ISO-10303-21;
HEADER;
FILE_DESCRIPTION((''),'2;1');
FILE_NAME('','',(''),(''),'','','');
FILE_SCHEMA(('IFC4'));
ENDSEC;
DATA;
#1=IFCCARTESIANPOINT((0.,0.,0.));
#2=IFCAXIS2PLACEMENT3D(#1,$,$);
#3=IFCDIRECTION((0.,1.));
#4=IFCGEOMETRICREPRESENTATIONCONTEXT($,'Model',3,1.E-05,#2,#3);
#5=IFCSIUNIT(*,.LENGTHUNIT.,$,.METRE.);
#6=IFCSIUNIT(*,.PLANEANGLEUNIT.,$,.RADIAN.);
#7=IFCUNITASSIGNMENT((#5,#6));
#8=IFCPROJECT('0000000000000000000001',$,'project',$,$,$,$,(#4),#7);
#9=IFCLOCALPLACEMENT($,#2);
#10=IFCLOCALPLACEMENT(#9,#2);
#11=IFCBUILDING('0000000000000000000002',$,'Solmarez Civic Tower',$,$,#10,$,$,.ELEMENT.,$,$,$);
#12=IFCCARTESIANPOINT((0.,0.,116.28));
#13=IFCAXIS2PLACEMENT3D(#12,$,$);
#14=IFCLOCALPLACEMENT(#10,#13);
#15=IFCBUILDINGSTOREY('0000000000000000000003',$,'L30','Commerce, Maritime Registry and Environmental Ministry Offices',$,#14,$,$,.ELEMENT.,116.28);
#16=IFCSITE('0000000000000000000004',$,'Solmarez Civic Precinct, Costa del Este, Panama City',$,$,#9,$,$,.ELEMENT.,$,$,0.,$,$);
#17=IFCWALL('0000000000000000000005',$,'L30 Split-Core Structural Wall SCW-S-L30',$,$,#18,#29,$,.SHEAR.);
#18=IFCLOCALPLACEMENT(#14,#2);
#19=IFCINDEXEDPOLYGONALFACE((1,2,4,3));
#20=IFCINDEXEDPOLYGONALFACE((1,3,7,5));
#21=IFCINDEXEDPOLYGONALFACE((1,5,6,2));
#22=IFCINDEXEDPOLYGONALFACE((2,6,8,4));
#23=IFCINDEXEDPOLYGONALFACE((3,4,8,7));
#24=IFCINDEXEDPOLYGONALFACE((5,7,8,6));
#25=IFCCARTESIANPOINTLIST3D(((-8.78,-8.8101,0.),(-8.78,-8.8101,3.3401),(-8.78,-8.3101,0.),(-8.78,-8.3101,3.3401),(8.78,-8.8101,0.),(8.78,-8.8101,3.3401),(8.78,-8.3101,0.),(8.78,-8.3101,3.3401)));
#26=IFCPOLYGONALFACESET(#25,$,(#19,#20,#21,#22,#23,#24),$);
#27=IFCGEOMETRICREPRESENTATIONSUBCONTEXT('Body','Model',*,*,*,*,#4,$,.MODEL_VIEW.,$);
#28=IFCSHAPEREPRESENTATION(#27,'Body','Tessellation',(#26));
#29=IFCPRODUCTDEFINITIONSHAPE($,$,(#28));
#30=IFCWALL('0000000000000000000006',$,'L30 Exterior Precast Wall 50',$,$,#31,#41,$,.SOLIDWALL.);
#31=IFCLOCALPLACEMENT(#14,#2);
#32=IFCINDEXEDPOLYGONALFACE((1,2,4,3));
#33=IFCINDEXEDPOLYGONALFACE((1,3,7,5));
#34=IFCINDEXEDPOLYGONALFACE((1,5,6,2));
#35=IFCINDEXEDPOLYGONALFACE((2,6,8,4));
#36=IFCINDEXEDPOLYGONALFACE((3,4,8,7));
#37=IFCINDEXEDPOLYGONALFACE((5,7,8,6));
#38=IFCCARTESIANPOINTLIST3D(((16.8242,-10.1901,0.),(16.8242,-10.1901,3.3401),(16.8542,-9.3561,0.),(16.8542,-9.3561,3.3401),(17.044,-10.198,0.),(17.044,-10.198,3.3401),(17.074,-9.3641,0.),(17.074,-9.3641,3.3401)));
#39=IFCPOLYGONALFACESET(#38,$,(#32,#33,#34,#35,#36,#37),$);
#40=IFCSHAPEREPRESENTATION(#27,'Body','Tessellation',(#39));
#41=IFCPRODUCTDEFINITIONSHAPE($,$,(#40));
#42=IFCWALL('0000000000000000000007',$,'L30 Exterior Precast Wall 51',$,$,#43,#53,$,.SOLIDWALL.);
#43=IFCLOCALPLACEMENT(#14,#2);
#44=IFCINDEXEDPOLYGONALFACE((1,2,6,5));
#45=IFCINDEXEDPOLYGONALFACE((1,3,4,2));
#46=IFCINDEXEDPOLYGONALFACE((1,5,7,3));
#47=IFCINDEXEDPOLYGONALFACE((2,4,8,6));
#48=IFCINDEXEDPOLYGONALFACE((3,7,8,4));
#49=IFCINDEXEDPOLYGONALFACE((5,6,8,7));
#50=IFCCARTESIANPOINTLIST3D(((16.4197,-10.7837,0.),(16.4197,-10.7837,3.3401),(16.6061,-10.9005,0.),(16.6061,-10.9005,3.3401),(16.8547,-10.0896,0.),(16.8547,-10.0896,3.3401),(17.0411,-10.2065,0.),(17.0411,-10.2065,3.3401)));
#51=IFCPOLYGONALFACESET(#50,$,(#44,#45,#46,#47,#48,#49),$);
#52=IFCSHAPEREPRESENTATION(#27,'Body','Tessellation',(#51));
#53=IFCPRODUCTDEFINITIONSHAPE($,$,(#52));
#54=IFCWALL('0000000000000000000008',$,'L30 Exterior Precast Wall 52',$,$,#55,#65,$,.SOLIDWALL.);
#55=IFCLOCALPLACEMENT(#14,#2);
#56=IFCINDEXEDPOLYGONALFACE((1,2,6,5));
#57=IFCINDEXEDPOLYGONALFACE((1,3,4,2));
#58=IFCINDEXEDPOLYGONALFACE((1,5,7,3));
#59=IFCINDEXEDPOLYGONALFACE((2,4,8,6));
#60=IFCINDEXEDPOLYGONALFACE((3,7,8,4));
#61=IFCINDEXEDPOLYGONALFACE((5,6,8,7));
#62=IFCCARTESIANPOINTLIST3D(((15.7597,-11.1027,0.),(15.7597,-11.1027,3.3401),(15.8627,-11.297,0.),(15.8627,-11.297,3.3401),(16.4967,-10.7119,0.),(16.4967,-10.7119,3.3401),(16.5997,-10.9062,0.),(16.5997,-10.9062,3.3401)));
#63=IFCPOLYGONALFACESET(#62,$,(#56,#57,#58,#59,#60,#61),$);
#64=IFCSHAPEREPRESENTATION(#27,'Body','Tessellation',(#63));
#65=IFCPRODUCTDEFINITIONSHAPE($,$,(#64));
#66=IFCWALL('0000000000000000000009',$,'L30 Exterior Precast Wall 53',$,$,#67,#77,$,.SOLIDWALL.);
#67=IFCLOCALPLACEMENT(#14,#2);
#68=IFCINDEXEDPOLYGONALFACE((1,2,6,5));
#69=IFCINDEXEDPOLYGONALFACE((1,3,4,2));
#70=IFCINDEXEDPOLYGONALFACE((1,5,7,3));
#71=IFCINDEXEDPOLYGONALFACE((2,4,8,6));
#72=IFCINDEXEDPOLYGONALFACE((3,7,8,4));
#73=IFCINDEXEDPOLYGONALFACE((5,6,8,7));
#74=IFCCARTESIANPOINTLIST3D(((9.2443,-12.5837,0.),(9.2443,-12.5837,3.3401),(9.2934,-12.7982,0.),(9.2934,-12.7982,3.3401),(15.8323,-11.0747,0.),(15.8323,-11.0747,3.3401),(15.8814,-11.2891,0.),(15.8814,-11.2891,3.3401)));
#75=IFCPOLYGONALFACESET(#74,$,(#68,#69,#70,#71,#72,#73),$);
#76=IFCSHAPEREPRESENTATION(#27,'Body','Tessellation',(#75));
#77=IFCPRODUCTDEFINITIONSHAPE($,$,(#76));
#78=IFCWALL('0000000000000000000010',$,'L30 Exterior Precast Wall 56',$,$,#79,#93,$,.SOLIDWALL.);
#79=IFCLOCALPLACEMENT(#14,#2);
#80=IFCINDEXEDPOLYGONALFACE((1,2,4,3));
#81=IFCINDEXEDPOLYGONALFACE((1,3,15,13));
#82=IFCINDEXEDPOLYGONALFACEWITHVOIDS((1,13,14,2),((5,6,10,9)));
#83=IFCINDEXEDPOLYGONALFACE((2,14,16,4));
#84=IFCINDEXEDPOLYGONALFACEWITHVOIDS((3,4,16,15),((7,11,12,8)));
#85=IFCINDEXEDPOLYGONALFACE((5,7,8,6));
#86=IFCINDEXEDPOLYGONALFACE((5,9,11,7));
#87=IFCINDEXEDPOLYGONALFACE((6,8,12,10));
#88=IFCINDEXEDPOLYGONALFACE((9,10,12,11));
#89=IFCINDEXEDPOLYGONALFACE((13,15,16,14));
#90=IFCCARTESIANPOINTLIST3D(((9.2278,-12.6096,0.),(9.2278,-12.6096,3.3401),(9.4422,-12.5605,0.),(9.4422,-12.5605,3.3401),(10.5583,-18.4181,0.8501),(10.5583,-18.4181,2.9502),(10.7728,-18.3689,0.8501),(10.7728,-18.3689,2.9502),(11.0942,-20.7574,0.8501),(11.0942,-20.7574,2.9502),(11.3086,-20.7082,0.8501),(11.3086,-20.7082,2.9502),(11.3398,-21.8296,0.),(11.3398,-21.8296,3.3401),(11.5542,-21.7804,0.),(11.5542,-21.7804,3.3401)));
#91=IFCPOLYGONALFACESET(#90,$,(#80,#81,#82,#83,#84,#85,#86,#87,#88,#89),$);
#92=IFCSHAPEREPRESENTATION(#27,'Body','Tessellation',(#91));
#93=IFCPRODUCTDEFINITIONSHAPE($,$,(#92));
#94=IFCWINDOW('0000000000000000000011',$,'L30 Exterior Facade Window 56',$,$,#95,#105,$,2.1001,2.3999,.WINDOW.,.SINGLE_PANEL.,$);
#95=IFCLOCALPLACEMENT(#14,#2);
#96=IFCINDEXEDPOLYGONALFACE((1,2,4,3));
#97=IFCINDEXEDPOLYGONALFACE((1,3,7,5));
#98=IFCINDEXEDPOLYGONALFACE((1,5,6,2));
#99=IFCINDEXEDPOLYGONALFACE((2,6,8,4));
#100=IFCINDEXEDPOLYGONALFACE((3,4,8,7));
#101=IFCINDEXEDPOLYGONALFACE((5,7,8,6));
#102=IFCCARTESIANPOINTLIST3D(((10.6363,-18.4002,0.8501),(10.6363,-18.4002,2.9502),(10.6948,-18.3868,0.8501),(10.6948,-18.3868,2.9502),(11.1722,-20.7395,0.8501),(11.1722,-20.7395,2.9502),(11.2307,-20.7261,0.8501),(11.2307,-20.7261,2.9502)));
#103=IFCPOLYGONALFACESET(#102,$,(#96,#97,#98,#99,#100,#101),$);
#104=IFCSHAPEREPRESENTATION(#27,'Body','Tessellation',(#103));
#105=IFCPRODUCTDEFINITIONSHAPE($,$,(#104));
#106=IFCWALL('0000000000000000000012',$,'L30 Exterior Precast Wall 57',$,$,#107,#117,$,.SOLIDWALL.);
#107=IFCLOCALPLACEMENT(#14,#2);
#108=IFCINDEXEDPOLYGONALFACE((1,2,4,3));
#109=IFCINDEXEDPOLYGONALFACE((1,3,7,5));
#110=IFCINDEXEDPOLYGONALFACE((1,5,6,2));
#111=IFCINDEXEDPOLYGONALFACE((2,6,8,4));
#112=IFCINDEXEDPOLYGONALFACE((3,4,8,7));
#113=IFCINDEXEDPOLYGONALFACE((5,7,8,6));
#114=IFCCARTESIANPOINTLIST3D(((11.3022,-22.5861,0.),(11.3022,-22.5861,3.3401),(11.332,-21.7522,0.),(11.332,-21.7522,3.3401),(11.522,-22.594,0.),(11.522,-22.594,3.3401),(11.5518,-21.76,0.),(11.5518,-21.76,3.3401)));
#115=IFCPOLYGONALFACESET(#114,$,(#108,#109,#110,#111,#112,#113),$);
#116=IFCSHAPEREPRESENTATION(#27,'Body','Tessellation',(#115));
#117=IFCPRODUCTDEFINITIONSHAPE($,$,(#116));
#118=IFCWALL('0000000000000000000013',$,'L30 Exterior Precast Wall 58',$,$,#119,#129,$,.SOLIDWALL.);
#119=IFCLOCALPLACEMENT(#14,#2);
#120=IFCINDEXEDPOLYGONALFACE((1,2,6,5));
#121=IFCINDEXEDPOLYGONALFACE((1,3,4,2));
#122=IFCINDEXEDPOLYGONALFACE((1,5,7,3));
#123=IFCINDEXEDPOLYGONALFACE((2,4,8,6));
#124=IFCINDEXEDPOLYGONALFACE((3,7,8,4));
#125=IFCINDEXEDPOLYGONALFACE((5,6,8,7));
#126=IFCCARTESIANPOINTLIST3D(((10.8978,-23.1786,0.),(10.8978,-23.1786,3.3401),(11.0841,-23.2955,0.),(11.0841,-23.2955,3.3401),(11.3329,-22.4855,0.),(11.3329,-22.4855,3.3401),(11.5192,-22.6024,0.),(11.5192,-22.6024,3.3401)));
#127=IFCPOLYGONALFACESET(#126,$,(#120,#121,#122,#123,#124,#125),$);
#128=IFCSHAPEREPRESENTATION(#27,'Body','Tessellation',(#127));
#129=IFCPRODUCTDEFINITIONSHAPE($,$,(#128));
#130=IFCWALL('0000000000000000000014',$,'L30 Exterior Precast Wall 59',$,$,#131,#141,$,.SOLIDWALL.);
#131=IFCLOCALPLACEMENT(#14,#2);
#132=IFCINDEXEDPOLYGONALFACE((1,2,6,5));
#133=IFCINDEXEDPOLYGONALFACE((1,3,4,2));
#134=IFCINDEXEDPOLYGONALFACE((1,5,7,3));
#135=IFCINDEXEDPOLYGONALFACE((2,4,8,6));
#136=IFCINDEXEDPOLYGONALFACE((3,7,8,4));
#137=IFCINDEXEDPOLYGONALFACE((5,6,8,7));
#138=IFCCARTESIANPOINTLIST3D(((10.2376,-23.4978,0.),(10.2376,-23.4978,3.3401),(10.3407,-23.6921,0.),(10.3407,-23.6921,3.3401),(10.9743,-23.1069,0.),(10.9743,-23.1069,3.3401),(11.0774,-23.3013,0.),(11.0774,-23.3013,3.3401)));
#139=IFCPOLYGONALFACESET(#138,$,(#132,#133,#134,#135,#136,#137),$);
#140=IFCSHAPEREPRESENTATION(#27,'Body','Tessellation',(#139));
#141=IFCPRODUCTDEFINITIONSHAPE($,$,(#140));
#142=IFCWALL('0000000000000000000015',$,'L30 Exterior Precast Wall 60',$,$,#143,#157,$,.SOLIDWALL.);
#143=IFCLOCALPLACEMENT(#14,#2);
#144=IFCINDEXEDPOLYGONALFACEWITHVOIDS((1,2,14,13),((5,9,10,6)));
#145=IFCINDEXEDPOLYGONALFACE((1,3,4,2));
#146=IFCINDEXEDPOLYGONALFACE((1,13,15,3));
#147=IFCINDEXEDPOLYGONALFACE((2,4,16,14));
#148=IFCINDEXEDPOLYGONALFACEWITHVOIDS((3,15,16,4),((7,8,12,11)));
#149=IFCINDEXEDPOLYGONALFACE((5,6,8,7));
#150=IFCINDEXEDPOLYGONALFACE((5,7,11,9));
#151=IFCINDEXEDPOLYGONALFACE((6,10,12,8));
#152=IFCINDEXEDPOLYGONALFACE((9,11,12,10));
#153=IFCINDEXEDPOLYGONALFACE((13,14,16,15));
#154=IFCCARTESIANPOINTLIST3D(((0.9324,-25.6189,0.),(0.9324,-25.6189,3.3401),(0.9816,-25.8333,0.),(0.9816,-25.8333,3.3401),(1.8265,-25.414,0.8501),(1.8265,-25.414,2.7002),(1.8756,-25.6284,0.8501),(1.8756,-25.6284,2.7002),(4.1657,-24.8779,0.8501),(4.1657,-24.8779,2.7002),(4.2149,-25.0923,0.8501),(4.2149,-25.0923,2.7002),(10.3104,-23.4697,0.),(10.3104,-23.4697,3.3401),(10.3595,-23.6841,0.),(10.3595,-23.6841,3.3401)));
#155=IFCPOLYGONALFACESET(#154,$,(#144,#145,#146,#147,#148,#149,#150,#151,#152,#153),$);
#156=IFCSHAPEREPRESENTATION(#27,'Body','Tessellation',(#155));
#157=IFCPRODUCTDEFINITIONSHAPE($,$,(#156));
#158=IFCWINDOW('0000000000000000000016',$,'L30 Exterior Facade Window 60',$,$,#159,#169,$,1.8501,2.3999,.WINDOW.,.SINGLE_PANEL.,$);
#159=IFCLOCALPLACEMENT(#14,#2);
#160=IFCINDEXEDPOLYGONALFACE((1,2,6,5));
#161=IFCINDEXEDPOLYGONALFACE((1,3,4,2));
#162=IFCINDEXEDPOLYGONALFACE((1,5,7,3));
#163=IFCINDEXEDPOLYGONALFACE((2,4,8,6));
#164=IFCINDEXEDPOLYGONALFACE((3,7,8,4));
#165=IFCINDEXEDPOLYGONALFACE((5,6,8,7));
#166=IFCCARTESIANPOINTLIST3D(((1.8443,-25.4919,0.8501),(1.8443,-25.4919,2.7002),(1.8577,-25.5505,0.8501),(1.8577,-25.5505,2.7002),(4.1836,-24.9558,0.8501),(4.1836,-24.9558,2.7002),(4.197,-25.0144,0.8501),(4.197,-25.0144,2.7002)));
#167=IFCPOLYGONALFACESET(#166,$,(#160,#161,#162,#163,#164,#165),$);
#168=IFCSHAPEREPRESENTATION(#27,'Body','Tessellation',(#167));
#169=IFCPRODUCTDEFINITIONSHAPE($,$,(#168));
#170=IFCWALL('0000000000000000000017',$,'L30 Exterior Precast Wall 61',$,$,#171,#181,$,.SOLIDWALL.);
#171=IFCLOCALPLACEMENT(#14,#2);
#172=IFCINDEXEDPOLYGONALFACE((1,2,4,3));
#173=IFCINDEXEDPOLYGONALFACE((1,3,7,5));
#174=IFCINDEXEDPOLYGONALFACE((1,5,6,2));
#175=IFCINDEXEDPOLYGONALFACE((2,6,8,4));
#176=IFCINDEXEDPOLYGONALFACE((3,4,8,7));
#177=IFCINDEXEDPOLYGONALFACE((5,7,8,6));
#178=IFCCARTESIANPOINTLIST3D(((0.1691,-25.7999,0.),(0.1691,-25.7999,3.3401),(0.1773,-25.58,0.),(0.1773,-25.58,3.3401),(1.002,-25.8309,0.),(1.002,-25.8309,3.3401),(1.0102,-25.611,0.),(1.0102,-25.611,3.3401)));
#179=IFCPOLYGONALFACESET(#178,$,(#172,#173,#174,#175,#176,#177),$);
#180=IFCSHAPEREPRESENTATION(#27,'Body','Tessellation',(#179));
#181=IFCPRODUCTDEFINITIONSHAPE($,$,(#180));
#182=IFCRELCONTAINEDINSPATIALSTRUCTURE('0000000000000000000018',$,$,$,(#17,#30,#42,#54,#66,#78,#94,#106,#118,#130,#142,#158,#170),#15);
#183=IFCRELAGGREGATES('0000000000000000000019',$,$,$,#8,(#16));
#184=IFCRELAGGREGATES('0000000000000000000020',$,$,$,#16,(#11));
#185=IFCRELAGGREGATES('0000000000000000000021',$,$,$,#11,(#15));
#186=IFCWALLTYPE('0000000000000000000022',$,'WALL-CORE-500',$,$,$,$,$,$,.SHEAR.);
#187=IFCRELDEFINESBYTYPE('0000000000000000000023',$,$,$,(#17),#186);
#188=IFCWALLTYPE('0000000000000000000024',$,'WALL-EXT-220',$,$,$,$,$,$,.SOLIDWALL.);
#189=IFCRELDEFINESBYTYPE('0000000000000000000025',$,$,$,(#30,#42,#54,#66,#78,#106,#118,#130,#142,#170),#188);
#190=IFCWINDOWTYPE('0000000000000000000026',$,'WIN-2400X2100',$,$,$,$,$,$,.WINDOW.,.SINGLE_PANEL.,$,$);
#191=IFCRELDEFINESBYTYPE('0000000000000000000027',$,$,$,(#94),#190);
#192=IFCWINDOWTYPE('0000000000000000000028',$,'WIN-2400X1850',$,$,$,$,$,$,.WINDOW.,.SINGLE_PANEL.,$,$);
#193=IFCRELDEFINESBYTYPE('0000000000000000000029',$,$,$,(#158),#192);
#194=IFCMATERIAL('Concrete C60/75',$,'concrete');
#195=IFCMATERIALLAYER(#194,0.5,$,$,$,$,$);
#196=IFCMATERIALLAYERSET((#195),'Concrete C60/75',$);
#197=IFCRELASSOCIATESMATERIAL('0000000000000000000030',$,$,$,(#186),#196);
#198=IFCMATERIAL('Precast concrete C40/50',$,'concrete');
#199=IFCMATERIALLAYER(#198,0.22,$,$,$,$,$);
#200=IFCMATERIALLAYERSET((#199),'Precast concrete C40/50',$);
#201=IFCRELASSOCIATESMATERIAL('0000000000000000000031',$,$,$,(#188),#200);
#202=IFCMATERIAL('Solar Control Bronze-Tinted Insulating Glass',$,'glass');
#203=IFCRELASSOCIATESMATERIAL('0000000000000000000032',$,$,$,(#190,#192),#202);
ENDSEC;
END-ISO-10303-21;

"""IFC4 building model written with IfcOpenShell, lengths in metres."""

from ifc_helpers import new_model, si_unit, direction, frame, frame_2d, origin, place, context, subcontext, project, spatial, rectangle, extrude, material, layer, layer_set, type_object, element, fill, save


model = new_model("IFC4")

# Units and contexts
model_context = context("Model", 3, precision=1e-05, world=origin(), true_north=direction((0.0, 1.0)))
body_context = subcontext(model_context, "Body", "Model", "MODEL_VIEW")
ifc_project = project(units=[si_unit("LENGTHUNIT", "METRE"), si_unit("PLANEANGLEUNIT", "RADIAN")], contexts=[model_context])

# Site, building, storey
site_placement = place(None, origin())
site = spatial("IfcSite", under=ifc_project, at=site_placement, Name="Solmarez Civic Precinct, Costa del Este, Panama City", CompositionType="ELEMENT", RefElevation=0.0)
building_placement = place(site_placement, origin())
building = spatial("IfcBuilding", under=site, at=building_placement, Name="Solmarez Civic Tower", CompositionType="ELEMENT")
storey_placement = place(building_placement, frame((0.0, 0.0, 116.28)))
storey = spatial("IfcBuildingStorey", under=building, at=storey_placement, Name="L30", Description="Commerce, Maritime Registry and Environmental Ministry Offices", CompositionType="ELEMENT", Elevation=116.28)

# Walls
ifc_material_1 = material(Name="Concrete C60/75", Category="concrete")
ifc_layer_1 = layer(ifc_material_1, 0.5)
ifc_layer_set_1 = layer_set([ifc_layer_1], Name="Concrete C60/75")
wall_type_1 = type_object("IfcWallType", Name="WALL-CORE-500", PredefinedType="SHEAR", material=ifc_layer_set_1)
wall_1_placement = place(storey_placement, frame((8.78, -8.5601, 0.0), z_axis=(0.0, 0.0, 1.0), x_axis=(-1.0, 0.0, 0.0)))
element("IfcWall", 1, at=wall_1_placement, inside=storey, type_object=wall_type_1, Name="L30 Split-Core Structural Wall SCW-S-L30", PredefinedType="SHEAR", context=body_context, shape_type="SweptSolid", body=[
    extrude(rectangle(XDim=17.5601, YDim=0.5, at=frame_2d((8.78, 0.0))), origin(), (0.0, 0.0, 1.0), 3.3401),
])
ifc_material_2 = material(Name="Precast concrete C40/50", Category="concrete")
ifc_layer_2 = layer(ifc_material_2, 0.22)
ifc_layer_set_2 = layer_set([ifc_layer_2], Name="Precast concrete C40/50")
wall_type_2 = type_object("IfcWallType", Name="WALL-EXT-220", PredefinedType="SOLIDWALL", material=ifc_layer_set_2)
wall_2_placement = place(storey_placement, frame((16.9641, -9.3601, 0.0), z_axis=(0.0, 0.0, 1.0), x_axis=(-0.035984, -0.999352, 0.0)))
element("IfcWall", 2, at=wall_2_placement, inside=storey, type_object=wall_type_2, Name="L30 Exterior Precast Wall 50", PredefinedType="SOLIDWALL", context=body_context, shape_type="SweptSolid", body=[
    extrude(rectangle(XDim=0.8345, YDim=0.22, at=frame_2d((0.4172, 0.0))), origin(), (0.0, 0.0, 1.0), 3.3401),
])
wall_3_placement = place(storey_placement, frame((16.948, -10.1479, 0.0), z_axis=(0.0, 0.0, 1.0), x_axis=(-0.531097, -0.847311, 0.0)))
element("IfcWall", 3, at=wall_3_placement, inside=storey, type_object=wall_type_2, Name="L30 Exterior Precast Wall 51", PredefinedType="SOLIDWALL", context=body_context, shape_type="SweptSolid", body=[
    extrude(rectangle(XDim=0.8191, YDim=0.22, at=frame_2d((0.4097, 0.0))), origin(), (0.0, 0.0, 1.0), 3.3401),
])
wall_4_placement = place(storey_placement, frame((16.5481, -10.8091, 0.0), z_axis=(0.0, 0.0, 1.0), x_axis=(-0.88346, -0.468506, 0.0)))
element("IfcWall", 4, at=wall_4_placement, inside=storey, type_object=wall_type_2, Name="L30 Exterior Precast Wall 52", PredefinedType="SOLIDWALL", context=body_context, shape_type="SweptSolid", body=[
    extrude(rectangle(XDim=0.8342, YDim=0.22, at=frame_2d((0.417, 0.0))), origin(), (0.0, 0.0, 1.0), 3.3401),
])
wall_5_placement = place(storey_placement, frame((15.8569, -11.1819, 0.0), z_axis=(0.0, 0.0, 1.0), x_axis=(-0.974755, -0.223279, 0.0)))
element("IfcWall", 5, at=wall_5_placement, inside=storey, type_object=wall_type_2, Name="L30 Exterior Precast Wall 53", PredefinedType="SOLIDWALL", context=body_context, shape_type="SweptSolid", body=[
    extrude(rectangle(XDim=6.7585, YDim=0.22, at=frame_2d((3.3794, 0.0))), origin(), (0.0, 0.0, 1.0), 3.3401),
])

# Wall, opening, window
wall_6_placement = place(storey_placement, frame((9.335, -12.585, 0.0), z_axis=(0.0, 0.0, 1.0), x_axis=(0.223291, -0.974752, 0.0)))
wall_6 = element("IfcWall", 6, at=wall_6_placement, inside=storey, type_object=wall_type_2, Name="L30 Exterior Precast Wall 56", PredefinedType="SOLIDWALL", context=body_context, shape_type="SweptSolid", body=[
    extrude(rectangle(XDim=9.4587, YDim=0.22, at=frame_2d((4.7295, 0.0))), origin(), (0.0, 0.0, 1.0), 3.3401),
])
opening_1_placement = place(wall_6_placement, frame((5.959, 0.0, 0.8501)))
opening_1 = element("IfcOpeningElement", 7, at=opening_1_placement, cuts=wall_6, PredefinedType="OPENING", context=body_context, shape_type="SweptSolid", body=[
    extrude(rectangle(XDim=2.3999, YDim=2.1001, at=frame_2d((1.2, 1.05))), frame((0.0, 0.1199, 0.0), z_axis=(0.0, -1.0, 0.0), x_axis=(1.0, 0.0, 0.0)), (0.0, 0.0, 1.0), 0.24),
])
ifc_material_3 = material(Name="Solar Control Bronze-Tinted Insulating Glass", Category="glass")
window_type_1 = type_object("IfcWindowType", Name="WIN-2400X2100", PartitioningType="SINGLE_PANEL", PredefinedType="WINDOW", material=ifc_material_3)
window_1_placement = place(opening_1_placement, origin())
window_1 = element("IfcWindow", 8, at=window_1_placement, inside=storey, type_object=window_type_1, Name="L30 Exterior Facade Window 56", OverallHeight=2.1001, OverallWidth=2.3999, PartitioningType="SINGLE_PANEL", PredefinedType="WINDOW", context=body_context, shape_type="SweptSolid", body=[
    extrude(rectangle(XDim=2.3999, YDim=2.1001, at=frame_2d((1.2, 1.05))), frame((0.0, 0.03, 0.0), z_axis=(0.0, -1.0, 0.0), x_axis=(1.0, 0.0, 0.0)), (0.0, 0.0, 1.0), 0.0601),
])
fill(opening_1, window_1)

# Walls
wall_7_placement = place(storey_placement, frame((11.4419, -21.7561, 0.0), z_axis=(0.0, 0.0, 1.0), x_axis=(-0.035692, -0.999363, 0.0)))
element("IfcWall", 9, at=wall_7_placement, inside=storey, type_object=wall_type_2, Name="L30 Exterior Precast Wall 57", PredefinedType="SOLIDWALL", context=body_context, shape_type="SweptSolid", body=[
    extrude(rectangle(XDim=0.8345, YDim=0.22, at=frame_2d((0.4172, 0.0))), origin(), (0.0, 0.0, 1.0), 3.3401),
])
wall_8_placement = place(storey_placement, frame((11.426, -22.5439, 0.0), z_axis=(0.0, 0.0, 1.0), x_axis=(-0.531634, -0.846974, 0.0)))
element("IfcWall", 10, at=wall_8_placement, inside=storey, type_object=wall_type_2, Name="L30 Exterior Precast Wall 58", PredefinedType="SOLIDWALL", context=body_context, shape_type="SweptSolid", body=[
    extrude(rectangle(XDim=0.8184, YDim=0.22, at=frame_2d((0.4092, 0.0))), origin(), (0.0, 0.0, 1.0), 3.3401),
])
wall_9_placement = place(storey_placement, frame((11.0259, -23.2041, 0.0), z_axis=(0.0, 0.0, 1.0), x_axis=(-0.883396, -0.468627, 0.0)))
element("IfcWall", 11, at=wall_9_placement, inside=storey, type_object=wall_type_2, Name="L30 Exterior Precast Wall 59", PredefinedType="SOLIDWALL", context=body_context, shape_type="SweptSolid", body=[
    extrude(rectangle(XDim=0.834, YDim=0.22, at=frame_2d((0.417, 0.0))), origin(), (0.0, 0.0, 1.0), 3.3401),
])

# Wall, opening, window
wall_10_placement = place(storey_placement, frame((10.335, -23.5769, 0.0), z_axis=(0.0, 0.0, 1.0), x_axis=(-0.974731, -0.223382, 0.0)))
wall_10 = element("IfcWall", 12, at=wall_10_placement, inside=storey, type_object=wall_type_2, Name="L30 Exterior Precast Wall 60", PredefinedType="SOLIDWALL", context=body_context, shape_type="SweptSolid", body=[
    extrude(rectangle(XDim=9.6211, YDim=0.22, at=frame_2d((4.8105, 0.0))), origin(), (0.0, 0.0, 1.0), 3.3401),
])
opening_2_placement = place(wall_10_placement, frame((6.304, 0.0, 0.8501)))
opening_2 = element("IfcOpeningElement", 13, at=opening_2_placement, cuts=wall_10, PredefinedType="OPENING", context=body_context, shape_type="SweptSolid", body=[
    extrude(rectangle(XDim=2.3999, YDim=1.8501, at=frame_2d((1.2, 0.925))), frame((0.0, 0.1199, 0.0), z_axis=(0.0, -1.0, 0.0), x_axis=(1.0, 0.0, 0.0)), (0.0, 0.0, 1.0), 0.24),
])
window_type_2 = type_object("IfcWindowType", Name="WIN-2400X1850", PartitioningType="SINGLE_PANEL", PredefinedType="WINDOW", material=ifc_material_3)
window_2_placement = place(opening_2_placement, origin())
window_2 = element("IfcWindow", 14, at=window_2_placement, inside=storey, type_object=window_type_2, Name="L30 Exterior Facade Window 60", OverallHeight=1.8501, OverallWidth=2.3999, PartitioningType="SINGLE_PANEL", PredefinedType="WINDOW", context=body_context, shape_type="SweptSolid", body=[
    extrude(rectangle(XDim=2.3999, YDim=1.8501, at=frame_2d((1.2, 0.925))), frame((0.0, 0.03, 0.0), z_axis=(0.0, -1.0, 0.0), x_axis=(1.0, 0.0, 0.0)), (0.0, 0.0, 1.0), 0.0601),
])
fill(opening_2, window_2)

# Wall
wall_11_placement = place(storey_placement, frame((1.0061, -25.7209, 0.0), z_axis=(0.0, 0.0, 1.0), x_axis=(-0.999308, 0.037196, 0.0)))
element("IfcWall", 15, at=wall_11_placement, inside=storey, type_object=wall_type_2, Name="L30 Exterior Precast Wall 61", PredefinedType="SOLIDWALL", context=body_context, shape_type="SweptSolid", body=[
    extrude(rectangle(XDim=0.8335, YDim=0.22, at=frame_2d((0.4167, 0.0))), origin(), (0.0, 0.0, 1.0), 3.3401),
])

save(model, "model.ifc")
